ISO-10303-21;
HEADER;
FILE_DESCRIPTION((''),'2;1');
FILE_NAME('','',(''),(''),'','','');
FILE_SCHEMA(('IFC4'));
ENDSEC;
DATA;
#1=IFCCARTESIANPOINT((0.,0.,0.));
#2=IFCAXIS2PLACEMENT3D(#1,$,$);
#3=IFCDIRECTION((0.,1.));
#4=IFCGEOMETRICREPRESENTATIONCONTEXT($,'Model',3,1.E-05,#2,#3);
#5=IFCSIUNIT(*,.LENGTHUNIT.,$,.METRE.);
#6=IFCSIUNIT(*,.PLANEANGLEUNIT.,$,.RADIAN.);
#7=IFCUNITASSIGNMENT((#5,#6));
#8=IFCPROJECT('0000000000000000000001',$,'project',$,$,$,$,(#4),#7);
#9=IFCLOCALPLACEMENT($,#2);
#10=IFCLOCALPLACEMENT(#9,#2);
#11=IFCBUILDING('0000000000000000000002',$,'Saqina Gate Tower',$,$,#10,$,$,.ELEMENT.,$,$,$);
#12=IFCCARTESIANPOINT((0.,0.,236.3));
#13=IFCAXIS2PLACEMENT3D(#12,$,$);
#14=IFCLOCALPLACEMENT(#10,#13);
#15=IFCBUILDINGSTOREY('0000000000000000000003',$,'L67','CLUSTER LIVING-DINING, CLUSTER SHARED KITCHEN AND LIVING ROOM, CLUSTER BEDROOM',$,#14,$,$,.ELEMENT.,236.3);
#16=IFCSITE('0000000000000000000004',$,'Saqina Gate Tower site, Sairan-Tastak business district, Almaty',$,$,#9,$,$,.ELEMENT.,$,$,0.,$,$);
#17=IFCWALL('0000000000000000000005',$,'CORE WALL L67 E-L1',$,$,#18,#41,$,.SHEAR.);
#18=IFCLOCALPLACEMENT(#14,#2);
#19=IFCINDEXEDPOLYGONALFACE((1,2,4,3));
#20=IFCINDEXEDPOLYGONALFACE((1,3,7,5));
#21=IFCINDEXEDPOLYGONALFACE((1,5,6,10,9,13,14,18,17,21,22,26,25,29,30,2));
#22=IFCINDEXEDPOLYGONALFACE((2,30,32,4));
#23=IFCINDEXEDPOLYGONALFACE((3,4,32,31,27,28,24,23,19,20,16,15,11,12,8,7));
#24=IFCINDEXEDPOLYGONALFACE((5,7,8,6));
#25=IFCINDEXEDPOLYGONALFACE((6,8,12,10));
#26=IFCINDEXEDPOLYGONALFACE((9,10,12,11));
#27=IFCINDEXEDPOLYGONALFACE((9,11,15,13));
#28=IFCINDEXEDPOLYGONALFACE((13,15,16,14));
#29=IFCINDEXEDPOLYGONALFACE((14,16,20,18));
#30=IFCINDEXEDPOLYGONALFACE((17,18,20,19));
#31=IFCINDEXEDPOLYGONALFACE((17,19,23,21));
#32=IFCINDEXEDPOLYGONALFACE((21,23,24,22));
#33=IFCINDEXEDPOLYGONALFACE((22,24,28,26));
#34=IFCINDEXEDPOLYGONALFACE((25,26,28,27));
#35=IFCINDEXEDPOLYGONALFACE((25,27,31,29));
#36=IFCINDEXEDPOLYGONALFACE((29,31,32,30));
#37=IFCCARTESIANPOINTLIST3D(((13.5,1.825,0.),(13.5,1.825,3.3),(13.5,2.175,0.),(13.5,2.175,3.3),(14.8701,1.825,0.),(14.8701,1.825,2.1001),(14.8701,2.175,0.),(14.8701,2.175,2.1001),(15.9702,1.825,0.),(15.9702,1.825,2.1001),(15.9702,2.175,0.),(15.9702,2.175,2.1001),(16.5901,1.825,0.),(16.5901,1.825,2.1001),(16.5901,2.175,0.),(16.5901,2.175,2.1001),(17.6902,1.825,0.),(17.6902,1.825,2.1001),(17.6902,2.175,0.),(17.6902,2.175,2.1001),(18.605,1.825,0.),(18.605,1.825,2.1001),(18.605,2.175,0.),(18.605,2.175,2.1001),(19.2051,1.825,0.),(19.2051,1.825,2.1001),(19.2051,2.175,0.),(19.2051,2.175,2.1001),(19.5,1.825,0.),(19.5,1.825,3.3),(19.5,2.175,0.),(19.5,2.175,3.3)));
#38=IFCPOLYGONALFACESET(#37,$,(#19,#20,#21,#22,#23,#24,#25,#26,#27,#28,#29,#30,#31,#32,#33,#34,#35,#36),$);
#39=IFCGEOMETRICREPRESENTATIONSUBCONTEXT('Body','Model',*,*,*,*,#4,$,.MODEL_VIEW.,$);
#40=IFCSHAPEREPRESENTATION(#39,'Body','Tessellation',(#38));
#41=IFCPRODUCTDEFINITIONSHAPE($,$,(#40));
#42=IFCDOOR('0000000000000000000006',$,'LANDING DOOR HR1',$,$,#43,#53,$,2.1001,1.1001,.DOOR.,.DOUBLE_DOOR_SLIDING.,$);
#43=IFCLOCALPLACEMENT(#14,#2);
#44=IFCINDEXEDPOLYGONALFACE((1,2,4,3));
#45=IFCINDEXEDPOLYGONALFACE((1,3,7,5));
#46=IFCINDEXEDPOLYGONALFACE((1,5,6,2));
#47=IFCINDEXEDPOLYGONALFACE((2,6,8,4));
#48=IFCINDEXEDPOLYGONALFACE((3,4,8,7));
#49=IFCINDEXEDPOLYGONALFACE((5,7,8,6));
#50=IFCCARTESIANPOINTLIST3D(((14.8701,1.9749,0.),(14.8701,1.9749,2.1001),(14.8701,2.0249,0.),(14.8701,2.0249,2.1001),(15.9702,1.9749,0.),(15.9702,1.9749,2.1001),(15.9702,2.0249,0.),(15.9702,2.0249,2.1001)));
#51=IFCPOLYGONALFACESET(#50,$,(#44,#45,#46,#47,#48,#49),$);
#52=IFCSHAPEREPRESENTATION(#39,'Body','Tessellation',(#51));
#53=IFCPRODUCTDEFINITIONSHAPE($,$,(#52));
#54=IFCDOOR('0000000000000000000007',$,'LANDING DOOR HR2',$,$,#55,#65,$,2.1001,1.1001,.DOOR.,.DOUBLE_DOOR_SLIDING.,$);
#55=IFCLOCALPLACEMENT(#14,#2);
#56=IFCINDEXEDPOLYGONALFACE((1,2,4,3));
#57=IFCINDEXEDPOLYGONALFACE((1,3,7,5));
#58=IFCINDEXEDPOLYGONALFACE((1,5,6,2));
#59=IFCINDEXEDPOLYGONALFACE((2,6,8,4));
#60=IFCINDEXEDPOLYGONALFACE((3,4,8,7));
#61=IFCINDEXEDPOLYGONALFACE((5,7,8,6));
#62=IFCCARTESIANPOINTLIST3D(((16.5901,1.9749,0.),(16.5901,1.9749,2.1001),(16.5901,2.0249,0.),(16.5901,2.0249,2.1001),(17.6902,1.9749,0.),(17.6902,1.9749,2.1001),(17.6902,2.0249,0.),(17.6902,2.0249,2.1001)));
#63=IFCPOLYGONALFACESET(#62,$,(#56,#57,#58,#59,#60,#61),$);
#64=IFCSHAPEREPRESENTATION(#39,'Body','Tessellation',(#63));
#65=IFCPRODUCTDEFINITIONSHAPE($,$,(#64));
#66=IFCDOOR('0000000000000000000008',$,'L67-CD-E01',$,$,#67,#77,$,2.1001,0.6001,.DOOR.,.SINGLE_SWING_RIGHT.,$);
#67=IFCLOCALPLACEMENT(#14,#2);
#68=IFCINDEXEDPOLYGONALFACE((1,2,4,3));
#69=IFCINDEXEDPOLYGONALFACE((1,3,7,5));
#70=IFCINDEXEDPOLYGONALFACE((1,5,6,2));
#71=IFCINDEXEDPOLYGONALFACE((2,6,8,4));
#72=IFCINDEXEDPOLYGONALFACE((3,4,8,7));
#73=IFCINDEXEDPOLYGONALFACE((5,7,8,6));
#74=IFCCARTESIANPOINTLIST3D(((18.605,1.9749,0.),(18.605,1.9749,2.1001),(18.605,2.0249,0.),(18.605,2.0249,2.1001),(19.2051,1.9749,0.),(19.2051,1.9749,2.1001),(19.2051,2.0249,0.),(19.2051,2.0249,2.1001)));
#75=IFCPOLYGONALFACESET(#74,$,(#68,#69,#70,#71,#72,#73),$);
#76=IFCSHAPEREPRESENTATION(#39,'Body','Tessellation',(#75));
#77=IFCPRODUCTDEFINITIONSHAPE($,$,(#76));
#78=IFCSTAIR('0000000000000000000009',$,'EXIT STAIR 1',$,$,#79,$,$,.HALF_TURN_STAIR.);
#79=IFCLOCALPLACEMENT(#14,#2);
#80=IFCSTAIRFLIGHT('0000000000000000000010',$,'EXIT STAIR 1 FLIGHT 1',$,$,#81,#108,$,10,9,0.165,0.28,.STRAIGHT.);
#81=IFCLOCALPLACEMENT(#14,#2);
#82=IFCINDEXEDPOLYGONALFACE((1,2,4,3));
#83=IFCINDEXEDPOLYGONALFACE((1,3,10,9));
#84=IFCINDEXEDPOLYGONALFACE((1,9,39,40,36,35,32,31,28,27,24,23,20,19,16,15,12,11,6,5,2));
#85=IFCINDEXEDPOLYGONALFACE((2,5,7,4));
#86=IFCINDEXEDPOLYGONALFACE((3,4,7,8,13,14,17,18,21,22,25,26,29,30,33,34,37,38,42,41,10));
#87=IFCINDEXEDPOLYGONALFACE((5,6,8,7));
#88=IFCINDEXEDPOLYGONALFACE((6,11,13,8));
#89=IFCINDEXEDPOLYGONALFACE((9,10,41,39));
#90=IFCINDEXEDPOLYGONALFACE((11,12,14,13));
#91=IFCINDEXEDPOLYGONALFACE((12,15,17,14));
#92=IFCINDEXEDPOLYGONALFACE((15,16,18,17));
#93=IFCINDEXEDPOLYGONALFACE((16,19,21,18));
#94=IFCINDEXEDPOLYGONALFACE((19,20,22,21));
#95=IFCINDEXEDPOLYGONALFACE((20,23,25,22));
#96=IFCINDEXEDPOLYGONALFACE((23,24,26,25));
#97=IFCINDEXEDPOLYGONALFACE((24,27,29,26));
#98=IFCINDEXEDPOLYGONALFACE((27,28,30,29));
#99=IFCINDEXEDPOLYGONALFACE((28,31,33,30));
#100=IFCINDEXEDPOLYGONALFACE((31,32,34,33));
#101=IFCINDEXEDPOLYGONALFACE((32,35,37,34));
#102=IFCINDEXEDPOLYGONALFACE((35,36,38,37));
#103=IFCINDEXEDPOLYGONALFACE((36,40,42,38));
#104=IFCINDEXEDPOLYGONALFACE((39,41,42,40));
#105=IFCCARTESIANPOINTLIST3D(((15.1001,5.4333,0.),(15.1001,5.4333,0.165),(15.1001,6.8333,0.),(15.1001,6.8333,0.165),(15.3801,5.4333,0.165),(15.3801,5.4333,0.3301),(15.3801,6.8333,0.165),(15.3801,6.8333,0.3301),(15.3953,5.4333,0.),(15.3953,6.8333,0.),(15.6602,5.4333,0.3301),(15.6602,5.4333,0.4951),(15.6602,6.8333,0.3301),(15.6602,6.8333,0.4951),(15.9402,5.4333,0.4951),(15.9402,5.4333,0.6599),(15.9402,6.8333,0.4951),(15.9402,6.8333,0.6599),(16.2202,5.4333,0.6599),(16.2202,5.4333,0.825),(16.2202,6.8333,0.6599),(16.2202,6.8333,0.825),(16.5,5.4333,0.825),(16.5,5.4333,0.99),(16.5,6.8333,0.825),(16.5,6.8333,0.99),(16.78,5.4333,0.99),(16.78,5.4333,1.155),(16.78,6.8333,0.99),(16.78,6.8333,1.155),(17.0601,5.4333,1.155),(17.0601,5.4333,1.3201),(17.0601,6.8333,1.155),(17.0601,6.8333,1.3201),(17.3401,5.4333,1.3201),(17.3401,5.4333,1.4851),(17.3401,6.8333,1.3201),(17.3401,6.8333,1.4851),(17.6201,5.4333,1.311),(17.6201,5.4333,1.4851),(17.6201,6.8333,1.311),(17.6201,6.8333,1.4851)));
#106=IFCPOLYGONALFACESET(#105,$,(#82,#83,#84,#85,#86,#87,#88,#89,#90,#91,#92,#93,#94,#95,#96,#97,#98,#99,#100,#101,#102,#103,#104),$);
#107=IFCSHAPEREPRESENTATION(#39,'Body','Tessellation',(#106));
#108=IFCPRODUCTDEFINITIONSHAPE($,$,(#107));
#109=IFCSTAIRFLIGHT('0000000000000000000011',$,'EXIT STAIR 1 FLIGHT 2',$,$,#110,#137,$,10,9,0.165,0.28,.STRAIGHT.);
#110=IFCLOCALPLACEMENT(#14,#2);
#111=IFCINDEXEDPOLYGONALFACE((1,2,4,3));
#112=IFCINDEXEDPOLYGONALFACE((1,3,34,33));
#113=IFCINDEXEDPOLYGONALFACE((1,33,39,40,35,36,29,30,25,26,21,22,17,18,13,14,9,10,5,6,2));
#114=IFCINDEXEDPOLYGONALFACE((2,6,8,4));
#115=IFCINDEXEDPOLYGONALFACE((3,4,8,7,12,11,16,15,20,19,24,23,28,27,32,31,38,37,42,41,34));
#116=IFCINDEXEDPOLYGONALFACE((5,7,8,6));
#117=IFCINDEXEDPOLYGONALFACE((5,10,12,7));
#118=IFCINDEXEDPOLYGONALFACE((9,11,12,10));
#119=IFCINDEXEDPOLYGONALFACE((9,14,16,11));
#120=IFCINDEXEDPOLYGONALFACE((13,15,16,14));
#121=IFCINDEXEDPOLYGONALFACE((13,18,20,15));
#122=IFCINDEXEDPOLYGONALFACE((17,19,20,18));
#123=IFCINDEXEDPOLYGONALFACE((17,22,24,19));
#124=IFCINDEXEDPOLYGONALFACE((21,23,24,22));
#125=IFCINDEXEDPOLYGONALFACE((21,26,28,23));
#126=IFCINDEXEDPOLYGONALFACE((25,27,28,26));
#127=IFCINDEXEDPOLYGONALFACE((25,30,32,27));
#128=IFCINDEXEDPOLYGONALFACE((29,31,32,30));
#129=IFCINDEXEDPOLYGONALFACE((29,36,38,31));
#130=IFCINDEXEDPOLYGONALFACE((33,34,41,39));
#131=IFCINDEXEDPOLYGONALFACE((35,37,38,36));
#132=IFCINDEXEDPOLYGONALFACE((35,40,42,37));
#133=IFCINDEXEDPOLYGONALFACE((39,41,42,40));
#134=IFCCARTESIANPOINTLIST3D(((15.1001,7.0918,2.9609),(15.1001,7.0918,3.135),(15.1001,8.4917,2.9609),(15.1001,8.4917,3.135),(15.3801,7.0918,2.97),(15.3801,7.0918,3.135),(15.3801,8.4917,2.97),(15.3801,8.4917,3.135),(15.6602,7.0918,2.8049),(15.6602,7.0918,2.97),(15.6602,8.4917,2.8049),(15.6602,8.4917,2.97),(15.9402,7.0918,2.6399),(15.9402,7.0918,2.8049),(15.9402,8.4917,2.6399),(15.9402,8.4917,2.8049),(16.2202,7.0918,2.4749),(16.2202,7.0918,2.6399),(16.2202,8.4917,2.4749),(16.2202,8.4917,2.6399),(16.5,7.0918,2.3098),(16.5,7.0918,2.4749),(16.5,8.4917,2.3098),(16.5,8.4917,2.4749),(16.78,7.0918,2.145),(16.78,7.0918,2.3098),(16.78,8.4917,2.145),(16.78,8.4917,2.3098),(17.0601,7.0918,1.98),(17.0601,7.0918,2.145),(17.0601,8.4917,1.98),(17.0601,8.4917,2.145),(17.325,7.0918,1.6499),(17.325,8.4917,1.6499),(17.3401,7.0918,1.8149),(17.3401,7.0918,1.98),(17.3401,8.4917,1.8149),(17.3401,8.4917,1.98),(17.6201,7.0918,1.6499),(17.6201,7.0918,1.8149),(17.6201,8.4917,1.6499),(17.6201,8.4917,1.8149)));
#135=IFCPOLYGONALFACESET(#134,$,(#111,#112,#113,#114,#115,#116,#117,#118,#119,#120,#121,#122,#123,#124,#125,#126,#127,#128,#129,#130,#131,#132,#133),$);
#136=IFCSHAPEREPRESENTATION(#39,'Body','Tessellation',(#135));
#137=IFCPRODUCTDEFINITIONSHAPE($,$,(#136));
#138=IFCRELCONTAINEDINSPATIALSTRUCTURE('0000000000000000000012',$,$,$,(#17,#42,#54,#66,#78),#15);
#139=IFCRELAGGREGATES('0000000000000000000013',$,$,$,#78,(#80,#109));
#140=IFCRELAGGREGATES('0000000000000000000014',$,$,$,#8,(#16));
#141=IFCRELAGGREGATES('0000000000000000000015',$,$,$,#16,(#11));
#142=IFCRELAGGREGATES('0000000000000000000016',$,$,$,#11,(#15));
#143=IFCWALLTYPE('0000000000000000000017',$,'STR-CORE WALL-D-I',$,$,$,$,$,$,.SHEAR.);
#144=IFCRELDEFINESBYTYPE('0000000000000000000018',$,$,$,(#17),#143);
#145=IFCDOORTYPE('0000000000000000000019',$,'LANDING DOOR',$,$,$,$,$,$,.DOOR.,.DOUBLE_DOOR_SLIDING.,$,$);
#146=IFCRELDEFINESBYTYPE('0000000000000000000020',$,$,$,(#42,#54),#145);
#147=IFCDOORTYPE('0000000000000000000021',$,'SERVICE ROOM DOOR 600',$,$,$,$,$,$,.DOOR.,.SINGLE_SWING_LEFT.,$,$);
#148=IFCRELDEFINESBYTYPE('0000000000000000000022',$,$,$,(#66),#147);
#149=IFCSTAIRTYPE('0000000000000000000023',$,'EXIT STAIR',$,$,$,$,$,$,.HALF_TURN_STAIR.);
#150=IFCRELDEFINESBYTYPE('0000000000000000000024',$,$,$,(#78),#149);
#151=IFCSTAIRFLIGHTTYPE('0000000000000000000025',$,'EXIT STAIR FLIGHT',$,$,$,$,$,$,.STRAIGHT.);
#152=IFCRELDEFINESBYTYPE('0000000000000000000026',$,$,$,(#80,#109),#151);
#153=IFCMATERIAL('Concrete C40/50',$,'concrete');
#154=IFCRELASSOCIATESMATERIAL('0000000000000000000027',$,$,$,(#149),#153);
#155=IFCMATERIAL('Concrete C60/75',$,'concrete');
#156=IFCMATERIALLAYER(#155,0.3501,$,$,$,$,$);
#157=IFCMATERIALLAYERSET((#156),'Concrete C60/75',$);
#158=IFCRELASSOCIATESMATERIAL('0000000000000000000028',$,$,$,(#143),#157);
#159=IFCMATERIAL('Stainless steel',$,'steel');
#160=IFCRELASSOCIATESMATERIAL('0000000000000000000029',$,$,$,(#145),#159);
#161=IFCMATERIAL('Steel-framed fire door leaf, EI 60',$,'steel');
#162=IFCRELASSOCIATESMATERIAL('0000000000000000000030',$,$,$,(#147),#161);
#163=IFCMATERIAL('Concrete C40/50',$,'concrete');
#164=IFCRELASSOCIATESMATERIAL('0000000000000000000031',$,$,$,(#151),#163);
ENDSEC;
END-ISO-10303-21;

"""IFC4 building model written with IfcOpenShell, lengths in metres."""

from ifc_helpers import new_model, si_unit, direction, frame, frame_2d, origin, place, context, subcontext, project, spatial, polyline, rectangle, outline, extrude, material, layer, layer_set, type_object, element, fill, aggregate, save


model = new_model("IFC4")

# Units and contexts
model_context = context("Model", 3, precision=1e-05, world=origin(), true_north=direction((0.0, 1.0)))
body_context = subcontext(model_context, "Body", "Model", "MODEL_VIEW")
ifc_project = project(units=[si_unit("LENGTHUNIT", "METRE"), si_unit("PLANEANGLEUNIT", "RADIAN")], contexts=[model_context])

# Site, building, storey
site_placement = place(None, origin())
site = spatial("IfcSite", under=ifc_project, at=site_placement, Name="Saqina Gate Tower site, Sairan-Tastak business district, Almaty", CompositionType="ELEMENT", RefElevation=0.0)
building_placement = place(site_placement, origin())
building = spatial("IfcBuilding", under=site, at=building_placement, Name="Saqina Gate Tower", CompositionType="ELEMENT")
storey_placement = place(building_placement, frame((0.0, 0.0, 236.3)))
storey = spatial("IfcBuildingStorey", under=building, at=storey_placement, Name="L67", Description="CLUSTER LIVING-DINING, CLUSTER SHARED KITCHEN AND LIVING ROOM, CLUSTER BEDROOM", CompositionType="ELEMENT", Elevation=236.3)

# Shared definitions
ifc_material_1 = material(Name="Concrete C40/50", Category="concrete")
stair_type = type_object("IfcStairType", Name="EXIT STAIR", PredefinedType="HALF_TURN_STAIR", material=ifc_material_1)

# Shared definitions
ifc_material_2 = material(Name="Concrete C60/75", Category="concrete")
ifc_layer_1 = layer(ifc_material_2, 0.3501)
ifc_layer_set_1 = layer_set([ifc_layer_1], Name="Concrete C60/75")
wall_type_1 = type_object("IfcWallType", Name="STR-CORE WALL-D-I", PredefinedType="SHEAR", material=ifc_layer_set_1)

# Wall, openings, doors
wall_1_placement = place(storey_placement, frame((13.5, 2.0, 0.0), z_axis=(0.0, 0.0, 1.0), x_axis=(1.0, 0.0, 0.0)))
wall_1 = element("IfcWall", 1, at=wall_1_placement, inside=storey, type_object=wall_type_1, Name="CORE WALL L67 E-L1", PredefinedType="SHEAR", context=body_context, shape_type="SweptSolid", body=[
    extrude(rectangle(XDim=6.0, YDim=0.3501, at=frame_2d((3.0, 0.0))), origin(), (0.0, 0.0, 1.0), 3.3),
])
opening_1_placement = place(wall_1_placement, frame((1.3701, 0.0, 0.0)))
opening_1 = element("IfcOpeningElement", 2, at=opening_1_placement, cuts=wall_1, PredefinedType="OPENING", context=body_context, shape_type="SweptSolid", body=[
    extrude(rectangle(XDim=1.1001, YDim=2.1001, at=frame_2d((0.55, 1.05))), frame((0.0, 0.187, 0.0), z_axis=(0.0, -1.0, 0.0), x_axis=(1.0, 0.0, 0.0)), (0.0, 0.0, 1.0), 0.374),
])
opening_2_placement = place(wall_1_placement, frame((3.0901, 0.0, 0.0)))
opening_2 = element("IfcOpeningElement", 3, at=opening_2_placement, cuts=wall_1, PredefinedType="OPENING", context=body_context, shape_type="SweptSolid", body=[
    extrude(rectangle(XDim=1.1001, YDim=2.1001, at=frame_2d((0.55, 1.05))), frame((0.0, 0.187, 0.0), z_axis=(0.0, -1.0, 0.0), x_axis=(1.0, 0.0, 0.0)), (0.0, 0.0, 1.0), 0.374),
])
opening_3_placement = place(wall_1_placement, frame((5.105, 0.0, 0.0)))
opening_3 = element("IfcOpeningElement", 4, at=opening_3_placement, cuts=wall_1, PredefinedType="OPENING", context=body_context, shape_type="SweptSolid", body=[
    extrude(rectangle(XDim=0.6001, YDim=2.1001, at=frame_2d((0.3, 1.05))), frame((0.0, 0.187, 0.0), z_axis=(0.0, -1.0, 0.0), x_axis=(1.0, 0.0, 0.0)), (0.0, 0.0, 1.0), 0.374),
])
ifc_material_3 = material(Name="Stainless steel", Category="steel")
door_type_1 = type_object("IfcDoorType", Name="LANDING DOOR", OperationType="DOUBLE_DOOR_SLIDING", PredefinedType="DOOR", material=ifc_material_3)
door_1_placement = place(opening_1_placement, origin())
door_1 = element("IfcDoor", 5, at=door_1_placement, inside=storey, type_object=door_type_1, Name="LANDING DOOR HR1", OperationType="DOUBLE_DOOR_SLIDING", OverallHeight=2.1001, OverallWidth=1.1001, PredefinedType="DOOR", context=body_context, shape_type="SweptSolid", body=[
    extrude(rectangle(XDim=1.1001, YDim=2.1001, at=frame_2d((0.55, 1.05))), frame((0.0, 0.0249, 0.0), z_axis=(0.0, -1.0, 0.0), x_axis=(1.0, 0.0, 0.0)), (0.0, 0.0, 1.0), 0.05),
])
fill(opening_1, door_1)
door_2_placement = place(opening_2_placement, origin())
door_2 = element("IfcDoor", 6, at=door_2_placement, inside=storey, type_object=door_type_1, Name="LANDING DOOR HR2", OperationType="DOUBLE_DOOR_SLIDING", OverallHeight=2.1001, OverallWidth=1.1001, PredefinedType="DOOR", context=body_context, shape_type="SweptSolid", body=[
    extrude(rectangle(XDim=1.1001, YDim=2.1001, at=frame_2d((0.55, 1.05))), frame((0.0, 0.0249, 0.0), z_axis=(0.0, -1.0, 0.0), x_axis=(1.0, 0.0, 0.0)), (0.0, 0.0, 1.0), 0.05),
])
fill(opening_2, door_2)
ifc_material_4 = material(Name="Steel-framed fire door leaf, EI 60", Category="steel")
door_type_2 = type_object("IfcDoorType", Name="SERVICE ROOM DOOR 600", OperationType="SINGLE_SWING_LEFT", PredefinedType="DOOR", material=ifc_material_4)
door_3_placement = place(opening_3_placement, origin())
door_3 = element("IfcDoor", 7, at=door_3_placement, inside=storey, type_object=door_type_2, Name="L67-CD-E01", OperationType="SINGLE_SWING_RIGHT", OverallHeight=2.1001, OverallWidth=0.6001, PredefinedType="DOOR", context=body_context, shape_type="SweptSolid", body=[
    extrude(rectangle(XDim=0.6001, YDim=2.1001, at=frame_2d((0.3, 1.05))), frame((0.0, 0.0249, 0.0), z_axis=(0.0, -1.0, 0.0), x_axis=(1.0, 0.0, 0.0)), (0.0, 0.0, 1.0), 0.05),
])
fill(opening_3, door_3)

# Stair, stair flights
stair_1_placement = place(storey_placement, origin())
stair_1 = element("IfcStair", 8, at=stair_1_placement, inside=storey, type_object=stair_type, Name="EXIT STAIR 1", PredefinedType="HALF_TURN_STAIR")
ifc_material_5 = material(Name="Concrete C40/50", Category="concrete")
stair_flight_type = type_object("IfcStairFlightType", Name="EXIT STAIR FLIGHT", PredefinedType="STRAIGHT", material=ifc_material_5)
stair_flight_1_placement = place(storey_placement, frame((15.1001, 6.1333, 0.0), z_axis=(0.0, 0.0, 1.0), x_axis=(1.0, 0.0, 0.0)))
stair_flight_1 = element("IfcStairFlight", 9, at=stair_flight_1_placement, type_object=stair_flight_type, Name="EXIT STAIR 1 FLIGHT 1", NumberOfRisers=10, NumberOfTreads=9, PredefinedType="STRAIGHT", RiserHeight=0.165, TreadLength=0.28, context=body_context, shape_type="SweptSolid", body=[
    extrude(outline(polyline([(0.0, 0.0), (0.0, 0.165), (0.28, 0.165), (0.28, 0.3301), (0.5601, 0.3301), (0.5601, 0.4951), (0.8401, 0.4951), (0.8401, 0.6599), (1.1201, 0.6599), (1.1201, 0.825), (1.3999, 0.825), (1.3999, 0.99), (1.6799, 0.99), (1.6799, 1.155), (1.96, 1.155), (1.96, 1.3201), (2.24, 1.3201), (2.24, 1.4851), (2.52, 1.4851), (2.52, 1.6499), (2.52, 1.311), (0.2952, 0.0), (0.0, 0.0)])), frame((0.0, 0.7, 0.0), z_axis=(0.0, -1.0, 0.0), x_axis=(1.0, 0.0, 0.0)), (0.0, 0.0, 1.0), 1.3999),
])
stair_flight_2_placement = place(storey_placement, frame((17.6201, 7.7917, 1.6499), z_axis=(0.0, 0.0, 1.0), x_axis=(-1.0, 0.0, 0.0)))
stair_flight_2 = element("IfcStairFlight", 10, at=stair_flight_2_placement, type_object=stair_flight_type, Name="EXIT STAIR 1 FLIGHT 2", NumberOfRisers=10, NumberOfTreads=9, PredefinedType="STRAIGHT", RiserHeight=0.165, TreadLength=0.28, context=body_context, shape_type="SweptSolid", body=[
    extrude(outline(polyline([(0.0, 0.0), (0.0, 0.165), (0.28, 0.165), (0.28, 0.3301), (0.5601, 0.3301), (0.5601, 0.4951), (0.8401, 0.4951), (0.8401, 0.6599), (1.1201, 0.6599), (1.1201, 0.825), (1.3999, 0.825), (1.3999, 0.99), (1.6799, 0.99), (1.6799, 1.155), (1.96, 1.155), (1.96, 1.3201), (2.24, 1.3201), (2.24, 1.4851), (2.52, 1.4851), (2.52, 1.6499), (2.52, 1.311), (0.2952, 0.0), (0.0, 0.0)])), frame((0.0, 0.7, 0.0), z_axis=(0.0, -1.0, 0.0), x_axis=(1.0, 0.0, 0.0)), (0.0, 0.0, 1.0), 1.3999),
])
aggregate(stair_1, [stair_flight_1, stair_flight_2])

save(model, "model.ifc")
